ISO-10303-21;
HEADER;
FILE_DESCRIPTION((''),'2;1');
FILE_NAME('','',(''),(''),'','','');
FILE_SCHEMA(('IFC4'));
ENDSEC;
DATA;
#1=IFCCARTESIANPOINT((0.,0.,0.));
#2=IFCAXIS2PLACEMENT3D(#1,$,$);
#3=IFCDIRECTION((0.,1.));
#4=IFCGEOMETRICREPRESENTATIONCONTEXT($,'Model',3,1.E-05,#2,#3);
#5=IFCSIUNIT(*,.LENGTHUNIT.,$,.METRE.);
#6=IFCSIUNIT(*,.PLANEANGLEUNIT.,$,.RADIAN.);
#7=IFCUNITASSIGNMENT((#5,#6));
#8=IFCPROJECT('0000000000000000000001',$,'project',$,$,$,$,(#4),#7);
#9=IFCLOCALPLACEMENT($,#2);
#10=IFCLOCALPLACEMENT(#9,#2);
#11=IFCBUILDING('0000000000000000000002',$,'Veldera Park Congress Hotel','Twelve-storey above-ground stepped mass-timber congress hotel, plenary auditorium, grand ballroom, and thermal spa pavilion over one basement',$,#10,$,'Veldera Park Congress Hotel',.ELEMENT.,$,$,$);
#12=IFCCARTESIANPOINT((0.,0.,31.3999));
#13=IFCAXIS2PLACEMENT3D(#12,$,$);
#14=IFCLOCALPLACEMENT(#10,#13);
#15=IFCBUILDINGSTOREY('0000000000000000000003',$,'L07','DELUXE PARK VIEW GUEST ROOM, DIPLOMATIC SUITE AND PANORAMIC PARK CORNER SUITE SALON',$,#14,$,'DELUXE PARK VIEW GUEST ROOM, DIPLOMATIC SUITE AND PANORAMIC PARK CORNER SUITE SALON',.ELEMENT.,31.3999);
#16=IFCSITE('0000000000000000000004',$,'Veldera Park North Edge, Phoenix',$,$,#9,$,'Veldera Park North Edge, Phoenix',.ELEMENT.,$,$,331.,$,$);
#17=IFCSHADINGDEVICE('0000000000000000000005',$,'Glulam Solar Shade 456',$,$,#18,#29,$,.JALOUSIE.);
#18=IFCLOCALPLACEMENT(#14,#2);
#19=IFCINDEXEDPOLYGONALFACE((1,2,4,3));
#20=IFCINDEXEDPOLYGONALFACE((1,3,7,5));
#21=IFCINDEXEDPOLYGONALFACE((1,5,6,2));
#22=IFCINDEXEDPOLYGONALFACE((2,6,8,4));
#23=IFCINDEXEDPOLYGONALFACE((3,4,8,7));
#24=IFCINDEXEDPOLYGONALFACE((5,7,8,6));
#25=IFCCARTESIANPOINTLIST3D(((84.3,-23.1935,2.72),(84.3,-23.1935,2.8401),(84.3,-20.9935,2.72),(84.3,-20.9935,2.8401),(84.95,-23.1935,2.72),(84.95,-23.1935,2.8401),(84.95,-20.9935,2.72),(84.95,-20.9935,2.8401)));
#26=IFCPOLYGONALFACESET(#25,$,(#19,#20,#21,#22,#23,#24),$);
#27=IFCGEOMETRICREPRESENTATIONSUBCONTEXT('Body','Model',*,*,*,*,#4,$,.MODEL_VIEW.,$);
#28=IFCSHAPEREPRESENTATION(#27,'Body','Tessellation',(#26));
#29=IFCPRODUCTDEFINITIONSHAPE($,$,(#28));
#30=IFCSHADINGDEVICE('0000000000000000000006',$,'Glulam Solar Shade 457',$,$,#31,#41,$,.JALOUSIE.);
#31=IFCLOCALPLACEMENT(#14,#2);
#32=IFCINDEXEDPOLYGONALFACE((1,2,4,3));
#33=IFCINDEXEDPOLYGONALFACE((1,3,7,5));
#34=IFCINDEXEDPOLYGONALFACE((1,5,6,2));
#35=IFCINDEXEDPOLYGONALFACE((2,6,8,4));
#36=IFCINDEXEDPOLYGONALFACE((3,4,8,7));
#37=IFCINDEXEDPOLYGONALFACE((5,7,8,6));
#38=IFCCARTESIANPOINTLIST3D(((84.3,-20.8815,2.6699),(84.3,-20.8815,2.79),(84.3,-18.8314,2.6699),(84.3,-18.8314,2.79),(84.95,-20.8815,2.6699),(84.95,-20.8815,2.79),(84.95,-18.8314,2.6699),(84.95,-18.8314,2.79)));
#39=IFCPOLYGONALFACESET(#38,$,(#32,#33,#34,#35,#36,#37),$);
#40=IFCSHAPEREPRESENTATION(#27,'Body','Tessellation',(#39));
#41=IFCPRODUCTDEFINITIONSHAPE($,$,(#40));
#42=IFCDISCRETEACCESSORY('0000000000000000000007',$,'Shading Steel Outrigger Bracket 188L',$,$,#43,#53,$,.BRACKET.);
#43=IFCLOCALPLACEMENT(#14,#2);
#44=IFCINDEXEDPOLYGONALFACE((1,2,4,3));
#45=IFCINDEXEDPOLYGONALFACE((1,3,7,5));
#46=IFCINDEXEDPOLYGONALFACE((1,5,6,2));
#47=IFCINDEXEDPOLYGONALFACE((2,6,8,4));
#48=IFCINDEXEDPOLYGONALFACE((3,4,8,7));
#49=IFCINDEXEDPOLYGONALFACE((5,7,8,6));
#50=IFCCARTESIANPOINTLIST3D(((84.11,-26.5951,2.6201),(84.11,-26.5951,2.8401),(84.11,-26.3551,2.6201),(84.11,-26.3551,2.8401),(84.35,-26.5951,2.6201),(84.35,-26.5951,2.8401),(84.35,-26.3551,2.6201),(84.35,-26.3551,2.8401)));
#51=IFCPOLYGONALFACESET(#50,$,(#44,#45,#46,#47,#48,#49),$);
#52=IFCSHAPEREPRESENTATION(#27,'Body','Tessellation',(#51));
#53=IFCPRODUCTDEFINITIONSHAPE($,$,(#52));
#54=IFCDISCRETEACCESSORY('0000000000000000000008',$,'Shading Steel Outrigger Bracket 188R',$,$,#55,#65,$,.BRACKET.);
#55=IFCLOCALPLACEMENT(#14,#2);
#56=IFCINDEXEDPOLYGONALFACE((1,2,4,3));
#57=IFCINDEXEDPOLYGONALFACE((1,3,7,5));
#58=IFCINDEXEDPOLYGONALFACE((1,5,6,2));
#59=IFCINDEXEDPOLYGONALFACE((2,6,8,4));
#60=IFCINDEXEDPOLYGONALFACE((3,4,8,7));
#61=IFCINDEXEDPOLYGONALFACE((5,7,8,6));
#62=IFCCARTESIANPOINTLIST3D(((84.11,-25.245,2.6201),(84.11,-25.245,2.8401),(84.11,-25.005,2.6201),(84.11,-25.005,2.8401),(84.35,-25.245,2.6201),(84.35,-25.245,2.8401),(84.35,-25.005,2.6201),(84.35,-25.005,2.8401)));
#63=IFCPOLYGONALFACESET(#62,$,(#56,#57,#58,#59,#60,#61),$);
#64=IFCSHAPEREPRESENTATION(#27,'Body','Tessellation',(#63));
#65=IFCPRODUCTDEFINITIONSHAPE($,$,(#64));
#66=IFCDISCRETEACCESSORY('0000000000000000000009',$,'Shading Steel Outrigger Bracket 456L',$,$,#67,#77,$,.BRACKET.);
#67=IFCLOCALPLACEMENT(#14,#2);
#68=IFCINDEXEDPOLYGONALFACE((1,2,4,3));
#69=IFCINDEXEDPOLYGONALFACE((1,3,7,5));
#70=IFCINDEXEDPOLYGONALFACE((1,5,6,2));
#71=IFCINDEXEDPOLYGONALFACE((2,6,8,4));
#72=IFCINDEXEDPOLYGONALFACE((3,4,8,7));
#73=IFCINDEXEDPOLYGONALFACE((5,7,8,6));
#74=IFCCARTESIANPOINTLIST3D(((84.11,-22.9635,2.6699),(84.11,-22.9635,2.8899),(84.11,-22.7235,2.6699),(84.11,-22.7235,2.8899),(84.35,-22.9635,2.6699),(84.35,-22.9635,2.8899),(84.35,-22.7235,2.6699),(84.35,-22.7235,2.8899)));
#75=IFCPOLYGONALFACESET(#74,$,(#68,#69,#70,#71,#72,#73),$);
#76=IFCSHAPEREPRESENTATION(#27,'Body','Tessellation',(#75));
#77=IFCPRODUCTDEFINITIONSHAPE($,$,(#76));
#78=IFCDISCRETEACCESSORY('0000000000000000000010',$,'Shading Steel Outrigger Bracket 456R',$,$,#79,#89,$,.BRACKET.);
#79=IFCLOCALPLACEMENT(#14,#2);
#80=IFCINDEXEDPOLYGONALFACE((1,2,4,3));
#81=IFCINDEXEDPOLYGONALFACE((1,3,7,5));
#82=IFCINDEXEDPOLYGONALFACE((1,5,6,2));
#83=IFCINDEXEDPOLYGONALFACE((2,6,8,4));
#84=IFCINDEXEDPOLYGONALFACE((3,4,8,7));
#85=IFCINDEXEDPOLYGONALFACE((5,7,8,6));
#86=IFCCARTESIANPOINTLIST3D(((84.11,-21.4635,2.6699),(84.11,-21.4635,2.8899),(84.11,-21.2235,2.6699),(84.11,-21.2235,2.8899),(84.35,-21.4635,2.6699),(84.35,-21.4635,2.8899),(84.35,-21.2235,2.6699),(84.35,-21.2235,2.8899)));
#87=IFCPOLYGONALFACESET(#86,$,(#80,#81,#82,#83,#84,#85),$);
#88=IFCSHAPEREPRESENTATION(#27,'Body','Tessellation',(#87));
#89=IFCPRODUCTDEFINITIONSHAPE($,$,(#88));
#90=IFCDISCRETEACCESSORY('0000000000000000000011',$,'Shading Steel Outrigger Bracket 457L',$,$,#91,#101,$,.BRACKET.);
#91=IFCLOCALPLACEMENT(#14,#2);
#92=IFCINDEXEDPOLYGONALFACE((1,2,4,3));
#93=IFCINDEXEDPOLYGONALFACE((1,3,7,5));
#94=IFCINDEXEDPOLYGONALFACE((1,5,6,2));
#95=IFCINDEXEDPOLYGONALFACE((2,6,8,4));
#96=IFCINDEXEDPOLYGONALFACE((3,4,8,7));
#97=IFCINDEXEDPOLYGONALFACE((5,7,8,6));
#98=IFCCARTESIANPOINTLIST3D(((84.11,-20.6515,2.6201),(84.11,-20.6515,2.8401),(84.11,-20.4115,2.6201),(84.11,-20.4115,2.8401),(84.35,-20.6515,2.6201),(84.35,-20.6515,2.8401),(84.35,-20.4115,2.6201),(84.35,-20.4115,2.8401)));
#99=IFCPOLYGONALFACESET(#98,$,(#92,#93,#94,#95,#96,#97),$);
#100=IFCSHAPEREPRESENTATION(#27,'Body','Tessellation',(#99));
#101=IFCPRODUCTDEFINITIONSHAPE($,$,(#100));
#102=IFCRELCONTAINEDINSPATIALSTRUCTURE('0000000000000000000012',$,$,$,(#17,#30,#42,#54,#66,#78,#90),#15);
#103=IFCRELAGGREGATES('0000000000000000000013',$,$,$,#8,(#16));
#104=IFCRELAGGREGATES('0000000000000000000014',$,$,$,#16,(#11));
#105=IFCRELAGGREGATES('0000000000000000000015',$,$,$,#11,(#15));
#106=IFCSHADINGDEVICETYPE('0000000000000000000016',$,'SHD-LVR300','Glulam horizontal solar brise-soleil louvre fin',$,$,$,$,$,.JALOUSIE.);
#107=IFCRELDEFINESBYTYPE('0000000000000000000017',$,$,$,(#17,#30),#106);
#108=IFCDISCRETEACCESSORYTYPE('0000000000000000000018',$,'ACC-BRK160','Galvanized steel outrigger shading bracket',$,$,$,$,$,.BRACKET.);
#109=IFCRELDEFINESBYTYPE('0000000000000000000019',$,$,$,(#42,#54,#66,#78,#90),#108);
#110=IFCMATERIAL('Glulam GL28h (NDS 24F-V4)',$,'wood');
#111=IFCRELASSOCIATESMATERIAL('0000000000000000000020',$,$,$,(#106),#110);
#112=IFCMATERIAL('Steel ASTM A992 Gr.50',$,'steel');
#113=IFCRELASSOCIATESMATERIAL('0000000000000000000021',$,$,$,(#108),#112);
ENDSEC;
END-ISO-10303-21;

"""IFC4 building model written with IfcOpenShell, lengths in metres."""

from ifc_helpers import new_model, si_unit, direction, frame, origin, origin_2d, place, context, subcontext, project, spatial, rectangle, extrude, material, type_object, element, save


model = new_model("IFC4")

# Units and contexts
model_context = context("Model", 3, precision=1e-05, world=origin(), true_north=direction((0.0, 1.0)))
body_context = subcontext(model_context, "Body", "Model", "MODEL_VIEW")
ifc_project = project(units=[si_unit("LENGTHUNIT", "METRE"), si_unit("PLANEANGLEUNIT", "RADIAN")], contexts=[model_context])

# Site, building, storey
site_placement = place(None, origin())
site = spatial("IfcSite", under=ifc_project, at=site_placement, Name="Veldera Park North Edge, Phoenix", LongName="Veldera Park North Edge, Phoenix", CompositionType="ELEMENT", RefElevation=331.0)
building_placement = place(site_placement, origin())
building = spatial("IfcBuilding", under=site, at=building_placement, Name="Veldera Park Congress Hotel", Description="Twelve-storey above-ground stepped mass-timber congress hotel, plenary auditorium, grand ballroom, and thermal spa pavilion over one basement", LongName="Veldera Park Congress Hotel", CompositionType="ELEMENT")
storey_placement = place(building_placement, frame((0.0, 0.0, 31.3999)))
storey = spatial("IfcBuildingStorey", under=building, at=storey_placement, Name="L07", Description="DELUXE PARK VIEW GUEST ROOM, DIPLOMATIC SUITE AND PANORAMIC PARK CORNER SUITE SALON", LongName="DELUXE PARK VIEW GUEST ROOM, DIPLOMATIC SUITE AND PANORAMIC PARK CORNER SUITE SALON", CompositionType="ELEMENT", Elevation=31.3999)

# Shared definitions
ifc_material_1 = material(Name="Glulam GL28h (NDS 24F-V4)", Category="wood")

# Shading devices
shading_device_type = type_object("IfcShadingDeviceType", Name="SHD-LVR300", Description="Glulam horizontal solar brise-soleil louvre fin", PredefinedType="JALOUSIE", material=ifc_material_1)
shading_device_1_placement = place(storey_placement, frame((84.625, -22.0935, 2.72), z_axis=(0.0, 0.0, 1.0), x_axis=(0.0, 1.0, 0.0)))
element("IfcShadingDevice", 1, at=shading_device_1_placement, inside=storey, type_object=shading_device_type, Name="Glulam Solar Shade 456", PredefinedType="JALOUSIE", context=body_context, shape_type="SweptSolid", body=[
    extrude(rectangle(XDim=2.2, YDim=0.6499, at=origin_2d()), origin(), (0.0, 0.0, 1.0), 0.1201),
])
shading_device_2_placement = place(storey_placement, frame((84.625, -19.8564, 2.6699), z_axis=(0.0, 0.0, 1.0), x_axis=(0.0, 1.0, 0.0)))
element("IfcShadingDevice", 2, at=shading_device_2_placement, inside=storey, type_object=shading_device_type, Name="Glulam Solar Shade 457", PredefinedType="JALOUSIE", context=body_context, shape_type="SweptSolid", body=[
    extrude(rectangle(XDim=2.05, YDim=0.6499, at=origin_2d()), origin(), (0.0, 0.0, 1.0), 0.1201),
])

# Discrete accessories
ifc_material_2 = material(Name="Steel ASTM A992 Gr.50", Category="steel")
discrete_accessory_type = type_object("IfcDiscreteAccessoryType", Name="ACC-BRK160", Description="Galvanized steel outrigger shading bracket", PredefinedType="BRACKET", material=ifc_material_2)
for number, where, z_axis, x_axis, name in (
    (3, (84.23, -26.4751, 2.6201), (0.0, 0.0, 1.0), (0.0, 1.0, 0.0), "Shading Steel Outrigger Bracket 188L"),
    (4, (84.23, -25.125, 2.6201), (0.0, 0.0, 1.0), (0.0, 1.0, 0.0), "Shading Steel Outrigger Bracket 188R"),
    (5, (84.23, -22.8435, 2.6699), (0.0, 0.0, 1.0), (0.0, 1.0, 0.0), "Shading Steel Outrigger Bracket 456L"),
    (6, (84.23, -21.3435, 2.6699), (0.0, 0.0, 1.0), (0.0, 1.0, 0.0), "Shading Steel Outrigger Bracket 456R"),
    (7, (84.23, -20.5315, 2.6201), (0.0, 0.0, 1.0), (0.0, 1.0, 0.0), "Shading Steel Outrigger Bracket 457L"),
):
    element("IfcDiscreteAccessory", number, at=place(storey_placement, frame(where, z_axis=z_axis, x_axis=x_axis)), inside=storey, type_object=discrete_accessory_type, Name=name, PredefinedType="BRACKET", context=body_context, shape_type="SweptSolid", body=[
        extrude(rectangle(XDim=0.24, YDim=0.24, at=origin_2d()), origin(), (0.0, 0.0, 1.0), 0.22),
    ])

save(model, "model.ifc")
